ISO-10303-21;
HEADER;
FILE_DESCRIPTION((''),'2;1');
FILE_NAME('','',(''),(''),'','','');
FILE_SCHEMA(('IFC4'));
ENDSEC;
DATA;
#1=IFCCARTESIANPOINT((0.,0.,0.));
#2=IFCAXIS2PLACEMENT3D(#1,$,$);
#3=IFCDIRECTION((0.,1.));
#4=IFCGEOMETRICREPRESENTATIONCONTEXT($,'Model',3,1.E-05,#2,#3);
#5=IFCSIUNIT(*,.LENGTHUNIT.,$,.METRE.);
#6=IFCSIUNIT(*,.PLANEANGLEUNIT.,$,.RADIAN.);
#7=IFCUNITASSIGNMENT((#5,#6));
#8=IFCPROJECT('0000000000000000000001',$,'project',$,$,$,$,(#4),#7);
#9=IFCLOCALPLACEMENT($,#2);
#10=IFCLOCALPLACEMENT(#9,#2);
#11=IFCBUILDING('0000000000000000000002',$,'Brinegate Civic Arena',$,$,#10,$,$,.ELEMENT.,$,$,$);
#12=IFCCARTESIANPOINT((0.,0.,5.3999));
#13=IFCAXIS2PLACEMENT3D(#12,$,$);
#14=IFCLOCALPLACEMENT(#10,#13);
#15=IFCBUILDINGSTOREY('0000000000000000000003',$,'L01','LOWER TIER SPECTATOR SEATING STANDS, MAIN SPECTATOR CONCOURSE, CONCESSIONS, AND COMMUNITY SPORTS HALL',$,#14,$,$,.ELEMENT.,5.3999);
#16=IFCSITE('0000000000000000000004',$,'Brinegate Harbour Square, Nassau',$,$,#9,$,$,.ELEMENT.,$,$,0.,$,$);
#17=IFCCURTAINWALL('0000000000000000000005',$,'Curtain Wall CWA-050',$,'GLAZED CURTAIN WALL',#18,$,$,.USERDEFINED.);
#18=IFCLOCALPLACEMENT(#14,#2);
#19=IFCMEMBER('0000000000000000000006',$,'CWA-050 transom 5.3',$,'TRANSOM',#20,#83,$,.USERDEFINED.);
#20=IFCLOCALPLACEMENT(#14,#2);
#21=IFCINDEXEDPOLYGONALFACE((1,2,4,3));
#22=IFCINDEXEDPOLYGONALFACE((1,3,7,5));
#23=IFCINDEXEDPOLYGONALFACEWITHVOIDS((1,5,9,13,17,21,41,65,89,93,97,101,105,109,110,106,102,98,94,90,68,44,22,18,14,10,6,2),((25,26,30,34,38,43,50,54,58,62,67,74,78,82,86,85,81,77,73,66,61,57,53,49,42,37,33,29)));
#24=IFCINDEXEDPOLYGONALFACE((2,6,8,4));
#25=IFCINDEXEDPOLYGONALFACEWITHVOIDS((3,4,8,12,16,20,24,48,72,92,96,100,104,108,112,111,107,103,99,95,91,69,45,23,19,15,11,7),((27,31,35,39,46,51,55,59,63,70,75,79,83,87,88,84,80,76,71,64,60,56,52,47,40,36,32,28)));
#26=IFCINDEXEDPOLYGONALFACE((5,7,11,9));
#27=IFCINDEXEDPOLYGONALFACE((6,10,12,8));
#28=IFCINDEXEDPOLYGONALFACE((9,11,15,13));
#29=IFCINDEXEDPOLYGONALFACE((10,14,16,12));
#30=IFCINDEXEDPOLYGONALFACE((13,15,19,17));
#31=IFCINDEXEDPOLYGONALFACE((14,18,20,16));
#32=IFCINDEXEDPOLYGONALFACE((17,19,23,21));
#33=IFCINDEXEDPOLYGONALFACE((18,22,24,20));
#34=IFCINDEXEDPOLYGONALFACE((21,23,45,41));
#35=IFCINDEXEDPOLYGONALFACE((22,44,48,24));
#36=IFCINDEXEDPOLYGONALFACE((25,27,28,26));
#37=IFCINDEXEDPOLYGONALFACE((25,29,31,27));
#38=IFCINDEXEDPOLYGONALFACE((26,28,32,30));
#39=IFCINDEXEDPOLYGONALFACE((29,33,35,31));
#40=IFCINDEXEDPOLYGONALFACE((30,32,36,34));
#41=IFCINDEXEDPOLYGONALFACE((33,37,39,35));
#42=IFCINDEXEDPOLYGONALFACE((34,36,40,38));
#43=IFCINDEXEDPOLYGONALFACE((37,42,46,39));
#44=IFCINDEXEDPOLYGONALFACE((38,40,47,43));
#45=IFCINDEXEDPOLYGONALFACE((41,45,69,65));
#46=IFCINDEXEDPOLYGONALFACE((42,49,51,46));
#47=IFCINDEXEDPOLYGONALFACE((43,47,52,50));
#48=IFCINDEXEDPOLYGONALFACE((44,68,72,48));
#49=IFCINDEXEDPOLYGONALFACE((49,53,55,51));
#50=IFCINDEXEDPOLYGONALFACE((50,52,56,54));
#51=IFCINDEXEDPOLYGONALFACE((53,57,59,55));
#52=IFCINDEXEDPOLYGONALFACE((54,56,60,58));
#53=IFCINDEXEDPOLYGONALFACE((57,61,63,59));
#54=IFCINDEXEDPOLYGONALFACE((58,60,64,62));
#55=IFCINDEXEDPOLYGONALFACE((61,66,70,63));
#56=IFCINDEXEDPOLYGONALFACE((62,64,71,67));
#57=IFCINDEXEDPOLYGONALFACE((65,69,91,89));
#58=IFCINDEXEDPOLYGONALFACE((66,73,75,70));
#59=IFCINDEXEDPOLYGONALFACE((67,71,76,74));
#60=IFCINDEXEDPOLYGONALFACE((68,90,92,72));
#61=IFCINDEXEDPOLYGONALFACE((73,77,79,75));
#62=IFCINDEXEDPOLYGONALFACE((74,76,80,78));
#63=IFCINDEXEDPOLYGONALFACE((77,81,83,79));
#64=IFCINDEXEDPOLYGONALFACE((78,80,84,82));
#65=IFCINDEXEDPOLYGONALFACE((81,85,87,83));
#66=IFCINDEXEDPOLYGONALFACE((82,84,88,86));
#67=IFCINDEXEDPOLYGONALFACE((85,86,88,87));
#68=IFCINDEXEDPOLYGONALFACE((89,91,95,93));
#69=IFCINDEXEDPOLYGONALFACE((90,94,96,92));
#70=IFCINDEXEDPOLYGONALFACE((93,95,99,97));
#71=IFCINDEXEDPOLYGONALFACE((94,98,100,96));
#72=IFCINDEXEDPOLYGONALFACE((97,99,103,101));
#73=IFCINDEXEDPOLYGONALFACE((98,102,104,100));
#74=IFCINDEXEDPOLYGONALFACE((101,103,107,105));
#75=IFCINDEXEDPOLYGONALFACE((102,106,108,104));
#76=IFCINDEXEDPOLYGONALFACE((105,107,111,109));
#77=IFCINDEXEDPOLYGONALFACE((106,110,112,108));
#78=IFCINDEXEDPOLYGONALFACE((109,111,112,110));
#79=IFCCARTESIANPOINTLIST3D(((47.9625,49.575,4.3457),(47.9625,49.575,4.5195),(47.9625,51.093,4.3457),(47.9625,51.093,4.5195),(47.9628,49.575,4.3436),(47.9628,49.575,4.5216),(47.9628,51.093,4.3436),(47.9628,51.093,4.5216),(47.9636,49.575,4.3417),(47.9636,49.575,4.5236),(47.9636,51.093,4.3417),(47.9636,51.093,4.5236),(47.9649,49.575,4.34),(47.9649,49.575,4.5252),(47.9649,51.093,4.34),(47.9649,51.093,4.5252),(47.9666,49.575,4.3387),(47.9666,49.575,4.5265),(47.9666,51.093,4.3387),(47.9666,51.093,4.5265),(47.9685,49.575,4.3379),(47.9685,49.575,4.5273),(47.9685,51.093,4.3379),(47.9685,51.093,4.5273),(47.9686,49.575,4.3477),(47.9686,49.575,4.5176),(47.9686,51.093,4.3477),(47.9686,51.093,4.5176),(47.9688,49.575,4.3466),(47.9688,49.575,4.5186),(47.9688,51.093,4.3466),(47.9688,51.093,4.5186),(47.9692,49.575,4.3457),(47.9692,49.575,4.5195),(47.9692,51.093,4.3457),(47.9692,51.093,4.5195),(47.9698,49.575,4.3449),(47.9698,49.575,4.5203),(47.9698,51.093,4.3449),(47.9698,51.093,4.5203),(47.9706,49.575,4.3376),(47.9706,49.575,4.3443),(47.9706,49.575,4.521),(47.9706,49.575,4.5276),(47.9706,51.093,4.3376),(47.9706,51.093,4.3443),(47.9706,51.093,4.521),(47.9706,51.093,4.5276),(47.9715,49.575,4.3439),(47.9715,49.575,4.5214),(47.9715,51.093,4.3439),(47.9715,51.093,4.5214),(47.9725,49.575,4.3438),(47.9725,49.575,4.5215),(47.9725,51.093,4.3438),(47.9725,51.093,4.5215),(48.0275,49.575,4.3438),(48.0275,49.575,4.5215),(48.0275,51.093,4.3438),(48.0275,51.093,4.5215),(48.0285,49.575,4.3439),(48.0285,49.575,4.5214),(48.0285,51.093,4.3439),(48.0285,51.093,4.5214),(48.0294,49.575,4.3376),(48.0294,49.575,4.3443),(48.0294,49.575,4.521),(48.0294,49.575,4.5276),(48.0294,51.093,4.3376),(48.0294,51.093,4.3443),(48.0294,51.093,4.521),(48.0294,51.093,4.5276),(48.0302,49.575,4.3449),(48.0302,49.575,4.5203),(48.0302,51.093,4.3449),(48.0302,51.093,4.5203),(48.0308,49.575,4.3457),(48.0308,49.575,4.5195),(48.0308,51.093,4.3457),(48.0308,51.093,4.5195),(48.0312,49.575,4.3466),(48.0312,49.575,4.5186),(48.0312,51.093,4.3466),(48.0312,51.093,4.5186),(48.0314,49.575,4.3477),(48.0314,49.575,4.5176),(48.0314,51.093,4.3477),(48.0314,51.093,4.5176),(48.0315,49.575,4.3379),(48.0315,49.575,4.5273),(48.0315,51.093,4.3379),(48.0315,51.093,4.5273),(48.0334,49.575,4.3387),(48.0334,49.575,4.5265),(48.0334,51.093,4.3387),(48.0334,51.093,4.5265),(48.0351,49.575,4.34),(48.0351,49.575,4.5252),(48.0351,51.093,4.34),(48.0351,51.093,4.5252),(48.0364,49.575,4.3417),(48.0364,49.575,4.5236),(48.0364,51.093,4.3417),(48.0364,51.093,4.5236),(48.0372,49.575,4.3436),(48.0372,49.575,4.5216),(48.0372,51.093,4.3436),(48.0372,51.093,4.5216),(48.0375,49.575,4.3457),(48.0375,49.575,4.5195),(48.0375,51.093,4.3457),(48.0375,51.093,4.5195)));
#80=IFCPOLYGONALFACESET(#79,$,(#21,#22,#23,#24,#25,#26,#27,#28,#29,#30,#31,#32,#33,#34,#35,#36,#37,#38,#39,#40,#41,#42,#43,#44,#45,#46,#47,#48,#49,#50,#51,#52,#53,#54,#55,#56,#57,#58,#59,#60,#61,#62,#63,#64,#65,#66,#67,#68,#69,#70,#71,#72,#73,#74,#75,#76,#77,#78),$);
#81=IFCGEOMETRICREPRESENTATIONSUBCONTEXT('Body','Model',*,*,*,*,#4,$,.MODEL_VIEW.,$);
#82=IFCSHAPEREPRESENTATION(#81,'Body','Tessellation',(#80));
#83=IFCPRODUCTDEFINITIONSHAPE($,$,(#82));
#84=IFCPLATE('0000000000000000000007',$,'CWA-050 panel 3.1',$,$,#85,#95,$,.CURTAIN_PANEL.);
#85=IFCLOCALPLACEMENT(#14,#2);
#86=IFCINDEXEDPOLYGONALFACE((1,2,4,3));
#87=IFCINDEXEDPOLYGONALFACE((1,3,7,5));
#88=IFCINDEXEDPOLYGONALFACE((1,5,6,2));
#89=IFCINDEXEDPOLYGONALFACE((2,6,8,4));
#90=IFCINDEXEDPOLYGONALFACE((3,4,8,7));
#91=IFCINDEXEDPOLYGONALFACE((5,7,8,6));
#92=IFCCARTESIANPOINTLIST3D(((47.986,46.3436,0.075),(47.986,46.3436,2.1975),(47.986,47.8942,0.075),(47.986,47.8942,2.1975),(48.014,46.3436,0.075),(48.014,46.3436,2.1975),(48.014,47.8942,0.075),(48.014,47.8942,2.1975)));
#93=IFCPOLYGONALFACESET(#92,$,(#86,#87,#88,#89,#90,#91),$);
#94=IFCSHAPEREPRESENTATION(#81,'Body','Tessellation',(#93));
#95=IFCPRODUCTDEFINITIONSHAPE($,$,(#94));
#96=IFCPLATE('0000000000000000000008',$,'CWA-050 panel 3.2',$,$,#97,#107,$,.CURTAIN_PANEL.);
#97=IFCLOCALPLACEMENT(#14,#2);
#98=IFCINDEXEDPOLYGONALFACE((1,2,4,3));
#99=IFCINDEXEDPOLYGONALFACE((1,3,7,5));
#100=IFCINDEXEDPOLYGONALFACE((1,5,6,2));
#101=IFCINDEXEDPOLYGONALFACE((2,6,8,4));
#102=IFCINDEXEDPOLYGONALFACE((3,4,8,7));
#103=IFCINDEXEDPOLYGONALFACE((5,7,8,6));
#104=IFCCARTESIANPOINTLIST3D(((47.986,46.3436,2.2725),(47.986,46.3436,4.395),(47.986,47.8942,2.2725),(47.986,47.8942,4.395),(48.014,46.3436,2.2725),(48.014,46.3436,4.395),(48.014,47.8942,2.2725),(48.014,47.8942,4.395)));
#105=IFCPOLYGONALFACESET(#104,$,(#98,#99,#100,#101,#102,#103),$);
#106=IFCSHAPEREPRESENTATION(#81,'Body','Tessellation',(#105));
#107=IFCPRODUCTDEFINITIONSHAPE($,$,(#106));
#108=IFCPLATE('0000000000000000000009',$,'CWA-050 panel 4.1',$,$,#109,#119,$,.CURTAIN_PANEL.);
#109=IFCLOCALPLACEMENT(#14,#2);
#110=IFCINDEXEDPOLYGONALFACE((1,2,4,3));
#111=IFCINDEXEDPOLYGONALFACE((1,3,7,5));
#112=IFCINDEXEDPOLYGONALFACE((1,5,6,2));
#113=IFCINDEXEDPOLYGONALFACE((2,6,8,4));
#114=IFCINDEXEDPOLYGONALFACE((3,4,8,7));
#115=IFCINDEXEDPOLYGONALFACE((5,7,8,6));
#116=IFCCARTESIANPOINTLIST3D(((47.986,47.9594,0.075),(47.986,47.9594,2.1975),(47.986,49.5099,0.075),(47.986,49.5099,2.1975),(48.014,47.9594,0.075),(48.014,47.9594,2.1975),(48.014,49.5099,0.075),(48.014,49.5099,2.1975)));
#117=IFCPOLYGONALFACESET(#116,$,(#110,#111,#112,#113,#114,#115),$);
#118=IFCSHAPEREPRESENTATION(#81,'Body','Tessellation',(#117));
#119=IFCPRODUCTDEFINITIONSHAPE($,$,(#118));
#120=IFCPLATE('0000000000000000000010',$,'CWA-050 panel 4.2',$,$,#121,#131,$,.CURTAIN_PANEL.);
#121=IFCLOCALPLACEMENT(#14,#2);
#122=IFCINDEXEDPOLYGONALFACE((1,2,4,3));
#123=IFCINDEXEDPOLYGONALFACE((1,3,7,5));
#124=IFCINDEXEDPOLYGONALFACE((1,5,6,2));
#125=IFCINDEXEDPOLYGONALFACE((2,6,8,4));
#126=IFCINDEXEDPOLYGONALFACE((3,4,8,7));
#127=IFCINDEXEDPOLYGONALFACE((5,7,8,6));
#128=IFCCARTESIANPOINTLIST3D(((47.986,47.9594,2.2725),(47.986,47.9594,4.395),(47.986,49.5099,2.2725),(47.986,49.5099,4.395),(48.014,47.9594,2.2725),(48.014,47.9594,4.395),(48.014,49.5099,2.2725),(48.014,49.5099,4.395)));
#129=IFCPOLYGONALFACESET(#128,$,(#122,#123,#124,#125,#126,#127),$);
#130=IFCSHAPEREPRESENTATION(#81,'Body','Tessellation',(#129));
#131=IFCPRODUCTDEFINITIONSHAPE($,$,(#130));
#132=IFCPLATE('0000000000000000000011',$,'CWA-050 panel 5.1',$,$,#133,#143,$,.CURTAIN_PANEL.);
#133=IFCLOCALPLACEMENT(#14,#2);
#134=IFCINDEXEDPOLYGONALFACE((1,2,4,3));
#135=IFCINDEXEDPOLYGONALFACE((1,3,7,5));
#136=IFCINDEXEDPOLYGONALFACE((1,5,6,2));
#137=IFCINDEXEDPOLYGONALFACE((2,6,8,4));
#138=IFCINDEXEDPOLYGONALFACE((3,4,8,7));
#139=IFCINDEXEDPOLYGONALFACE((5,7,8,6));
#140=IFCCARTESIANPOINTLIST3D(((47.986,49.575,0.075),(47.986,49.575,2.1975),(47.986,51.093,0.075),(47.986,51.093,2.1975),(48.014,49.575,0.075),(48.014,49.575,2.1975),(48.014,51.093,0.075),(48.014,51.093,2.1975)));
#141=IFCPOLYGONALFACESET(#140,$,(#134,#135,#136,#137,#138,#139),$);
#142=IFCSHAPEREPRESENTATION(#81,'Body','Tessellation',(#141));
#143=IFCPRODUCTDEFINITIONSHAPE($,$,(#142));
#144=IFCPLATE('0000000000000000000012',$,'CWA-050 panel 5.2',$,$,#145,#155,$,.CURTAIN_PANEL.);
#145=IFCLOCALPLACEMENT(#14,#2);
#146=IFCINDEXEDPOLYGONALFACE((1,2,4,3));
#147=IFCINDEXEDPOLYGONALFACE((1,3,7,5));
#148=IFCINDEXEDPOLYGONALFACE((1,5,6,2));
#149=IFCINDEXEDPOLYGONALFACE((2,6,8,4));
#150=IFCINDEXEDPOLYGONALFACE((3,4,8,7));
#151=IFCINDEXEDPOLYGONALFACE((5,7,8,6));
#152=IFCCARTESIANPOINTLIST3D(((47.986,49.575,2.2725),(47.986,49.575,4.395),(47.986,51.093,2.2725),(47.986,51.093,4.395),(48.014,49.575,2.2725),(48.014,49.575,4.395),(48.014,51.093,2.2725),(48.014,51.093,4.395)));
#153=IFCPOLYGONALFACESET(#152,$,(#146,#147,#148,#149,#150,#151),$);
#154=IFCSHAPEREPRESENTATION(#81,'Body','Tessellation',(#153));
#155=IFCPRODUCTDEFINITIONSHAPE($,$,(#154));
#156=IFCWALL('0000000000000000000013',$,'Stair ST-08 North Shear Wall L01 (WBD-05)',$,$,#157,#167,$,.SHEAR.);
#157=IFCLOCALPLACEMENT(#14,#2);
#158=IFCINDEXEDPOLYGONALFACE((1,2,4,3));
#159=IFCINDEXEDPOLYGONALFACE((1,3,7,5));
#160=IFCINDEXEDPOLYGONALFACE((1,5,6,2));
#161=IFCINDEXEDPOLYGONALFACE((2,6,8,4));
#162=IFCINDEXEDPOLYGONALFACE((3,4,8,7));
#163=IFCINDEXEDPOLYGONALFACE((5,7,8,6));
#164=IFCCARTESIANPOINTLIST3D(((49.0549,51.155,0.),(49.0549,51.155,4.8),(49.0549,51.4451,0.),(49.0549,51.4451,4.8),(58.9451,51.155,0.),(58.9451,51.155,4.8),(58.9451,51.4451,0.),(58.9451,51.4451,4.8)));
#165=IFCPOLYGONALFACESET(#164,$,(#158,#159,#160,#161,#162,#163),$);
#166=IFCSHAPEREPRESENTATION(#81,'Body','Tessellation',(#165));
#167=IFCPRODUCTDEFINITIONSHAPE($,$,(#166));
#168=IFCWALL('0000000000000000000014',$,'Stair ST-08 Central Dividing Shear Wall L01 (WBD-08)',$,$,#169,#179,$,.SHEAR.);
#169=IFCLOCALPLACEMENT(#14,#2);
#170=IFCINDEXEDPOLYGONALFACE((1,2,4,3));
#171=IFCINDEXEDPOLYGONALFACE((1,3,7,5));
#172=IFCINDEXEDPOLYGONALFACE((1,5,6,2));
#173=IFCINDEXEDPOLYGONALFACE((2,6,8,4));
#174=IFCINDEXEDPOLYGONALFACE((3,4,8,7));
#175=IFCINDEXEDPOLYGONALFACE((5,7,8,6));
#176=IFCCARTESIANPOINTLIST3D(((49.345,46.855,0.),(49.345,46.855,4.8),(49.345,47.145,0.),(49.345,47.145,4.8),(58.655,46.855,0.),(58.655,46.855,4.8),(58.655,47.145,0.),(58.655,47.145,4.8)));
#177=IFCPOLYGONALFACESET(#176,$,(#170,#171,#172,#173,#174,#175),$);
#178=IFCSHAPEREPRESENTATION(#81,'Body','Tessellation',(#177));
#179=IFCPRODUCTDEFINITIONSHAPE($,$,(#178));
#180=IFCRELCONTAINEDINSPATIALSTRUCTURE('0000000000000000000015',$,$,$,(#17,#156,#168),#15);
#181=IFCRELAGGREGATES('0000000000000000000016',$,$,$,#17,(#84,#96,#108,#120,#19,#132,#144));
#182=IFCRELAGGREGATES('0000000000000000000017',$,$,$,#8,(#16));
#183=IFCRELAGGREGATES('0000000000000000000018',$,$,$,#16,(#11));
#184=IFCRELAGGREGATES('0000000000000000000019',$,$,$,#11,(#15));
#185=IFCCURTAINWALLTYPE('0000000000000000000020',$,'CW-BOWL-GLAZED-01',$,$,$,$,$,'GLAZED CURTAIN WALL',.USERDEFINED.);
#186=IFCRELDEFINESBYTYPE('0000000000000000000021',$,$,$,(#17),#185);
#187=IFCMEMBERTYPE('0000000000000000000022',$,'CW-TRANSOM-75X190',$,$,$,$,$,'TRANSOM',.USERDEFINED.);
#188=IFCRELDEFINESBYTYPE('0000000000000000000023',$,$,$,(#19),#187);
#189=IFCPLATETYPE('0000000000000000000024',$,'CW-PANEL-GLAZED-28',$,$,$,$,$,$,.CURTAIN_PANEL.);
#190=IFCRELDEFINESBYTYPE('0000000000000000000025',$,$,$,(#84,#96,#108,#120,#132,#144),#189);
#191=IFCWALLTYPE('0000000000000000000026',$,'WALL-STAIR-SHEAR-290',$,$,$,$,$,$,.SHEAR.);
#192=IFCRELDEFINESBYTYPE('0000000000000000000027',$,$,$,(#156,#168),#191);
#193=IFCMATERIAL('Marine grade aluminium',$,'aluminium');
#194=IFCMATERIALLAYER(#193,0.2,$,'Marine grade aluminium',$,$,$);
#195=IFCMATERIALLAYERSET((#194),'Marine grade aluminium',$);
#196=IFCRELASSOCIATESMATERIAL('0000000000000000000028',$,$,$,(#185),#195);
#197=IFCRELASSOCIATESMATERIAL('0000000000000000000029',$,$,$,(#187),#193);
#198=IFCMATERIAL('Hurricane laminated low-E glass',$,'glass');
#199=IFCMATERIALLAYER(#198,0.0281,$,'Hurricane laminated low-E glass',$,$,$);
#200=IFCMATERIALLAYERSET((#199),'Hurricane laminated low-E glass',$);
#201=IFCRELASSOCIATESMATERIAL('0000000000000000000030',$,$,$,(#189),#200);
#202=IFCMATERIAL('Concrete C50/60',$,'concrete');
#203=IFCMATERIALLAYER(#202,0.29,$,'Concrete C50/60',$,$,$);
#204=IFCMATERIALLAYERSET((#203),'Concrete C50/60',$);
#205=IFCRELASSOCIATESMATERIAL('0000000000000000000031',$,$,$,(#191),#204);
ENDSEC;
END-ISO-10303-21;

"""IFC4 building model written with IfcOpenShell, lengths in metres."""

from ifc_helpers import new_model, si_unit, direction, frame, frame_2d, origin, origin_2d, place, context, subcontext, project, spatial, rectangle, hollow_rectangle, extrude, material, layer, layer_set, material_profile, profile_set, type_object, element, aggregate, save


model = new_model("IFC4")

# Units and contexts
model_context = context("Model", 3, precision=1e-05, world=origin(), true_north=direction((0.0, 1.0)))
body_context = subcontext(model_context, "Body", "Model", "MODEL_VIEW")
ifc_project = project(units=[si_unit("LENGTHUNIT", "METRE"), si_unit("PLANEANGLEUNIT", "RADIAN")], contexts=[model_context])

# Site, building, storey
site_placement = place(None, origin())
site = spatial("IfcSite", under=ifc_project, at=site_placement, Name="Brinegate Harbour Square, Nassau", CompositionType="ELEMENT", RefElevation=0.0)
building_placement = place(site_placement, origin())
building = spatial("IfcBuilding", under=site, at=building_placement, Name="Brinegate Civic Arena", CompositionType="ELEMENT")
storey_placement = place(building_placement, frame((0.0, 0.0, 5.3999)))
storey = spatial("IfcBuildingStorey", under=building, at=storey_placement, Name="L01", Description="LOWER TIER SPECTATOR SEATING STANDS, MAIN SPECTATOR CONCOURSE, CONCESSIONS, AND COMMUNITY SPORTS HALL", CompositionType="ELEMENT", Elevation=5.3999)

# Curtain wall, member, plates
ifc_material_1 = material(Name="Marine grade aluminium", Category="aluminium")
ifc_layer_1 = layer(ifc_material_1, 0.2, Name="Marine grade aluminium")
ifc_layer_set_1 = layer_set([ifc_layer_1], Name="Marine grade aluminium")
curtain_wall_type = type_object("IfcCurtainWallType", Name="CW-BOWL-GLAZED-01", ElementType="GLAZED CURTAIN WALL", PredefinedType="USERDEFINED", material=ifc_layer_set_1)
curtain_wall_placement = place(storey_placement, origin())
curtain_wall = element("IfcCurtainWall", 1, at=curtain_wall_placement, inside=storey, type_object=curtain_wall_type, Name="Curtain Wall CWA-050", ObjectType="GLAZED CURTAIN WALL", PredefinedType="USERDEFINED")
ifc_material_profile_1 = material_profile(ifc_material_1, hollow_rectangle(XDim=0.075, YDim=0.1899, WallThickness=0.0061, InnerFilletRadius=0.0039, OuterFilletRadius=0.0081, at=origin_2d()), Name="TRN75X190")
ifc_profile_set_1 = profile_set([ifc_material_profile_1], Name="Marine grade aluminium")
member_type_1 = type_object("IfcMemberType", Name="CW-TRANSOM-75X190", ElementType="TRANSOM", PredefinedType="USERDEFINED", material=ifc_profile_set_1)
member_1_placement = place(storey_placement, frame((48.0, 49.575, 4.4326), z_axis=(0.0, 1.0, 0.0), x_axis=(-1.0, 0.0, 0.0)))
member_1 = element("IfcMember", 2, at=member_1_placement, type_object=member_type_1, Name="CWA-050 transom 5.3", ObjectType="TRANSOM", PredefinedType="USERDEFINED", context=body_context, shape_type="SweptSolid", body=[
    extrude(hollow_rectangle(XDim=0.075, YDim=0.1899, WallThickness=0.0061, InnerFilletRadius=0.0039, OuterFilletRadius=0.0081, at=origin_2d()), origin(), (0.0, 0.0, 1.0), 1.5181),
])
ifc_material_2 = material(Name="Hurricane laminated low-E glass", Category="glass")
ifc_layer_2 = layer(ifc_material_2, 0.0281, Name="Hurricane laminated low-E glass")
ifc_layer_set_2 = layer_set([ifc_layer_2], Name="Hurricane laminated low-E glass")
plate_type = type_object("IfcPlateType", Name="CW-PANEL-GLAZED-28", PredefinedType="CURTAIN_PANEL", material=ifc_layer_set_2)
plate_1_placement = place(storey_placement, frame((48.0, 47.1189, 0.075), z_axis=(0.0, 0.0, 1.0), x_axis=(0.0, 1.0, 0.0)))
plate_1 = element("IfcPlate", 3, at=plate_1_placement, type_object=plate_type, Name="CWA-050 panel 3.1", PredefinedType="CURTAIN_PANEL", context=body_context, shape_type="SweptSolid", body=[
    extrude(rectangle(XDim=1.5505, YDim=0.0281, at=origin_2d()), origin(), (0.0, 0.0, 1.0), 2.1226),
])
plate_2_placement = place(storey_placement, frame((48.0, 47.1189, 2.2725), z_axis=(0.0, 0.0, 1.0), x_axis=(0.0, 1.0, 0.0)))
plate_2 = element("IfcPlate", 4, at=plate_2_placement, type_object=plate_type, Name="CWA-050 panel 3.2", PredefinedType="CURTAIN_PANEL", context=body_context, shape_type="SweptSolid", body=[
    extrude(rectangle(XDim=1.5505, YDim=0.0281, at=origin_2d()), origin(), (0.0, 0.0, 1.0), 2.1226),
])
plate_3_placement = place(storey_placement, frame((48.0, 48.7346, 0.075), z_axis=(0.0, 0.0, 1.0), x_axis=(0.0, 1.0, 0.0)))
plate_3 = element("IfcPlate", 5, at=plate_3_placement, type_object=plate_type, Name="CWA-050 panel 4.1", PredefinedType="CURTAIN_PANEL", context=body_context, shape_type="SweptSolid", body=[
    extrude(rectangle(XDim=1.5505, YDim=0.0281, at=origin_2d()), origin(), (0.0, 0.0, 1.0), 2.1226),
])
plate_4_placement = place(storey_placement, frame((48.0, 48.7346, 2.2725), z_axis=(0.0, 0.0, 1.0), x_axis=(0.0, 1.0, 0.0)))
plate_4 = element("IfcPlate", 6, at=plate_4_placement, type_object=plate_type, Name="CWA-050 panel 4.2", PredefinedType="CURTAIN_PANEL", context=body_context, shape_type="SweptSolid", body=[
    extrude(rectangle(XDim=1.5505, YDim=0.0281, at=origin_2d()), origin(), (0.0, 0.0, 1.0), 2.1226),
])
plate_5_placement = place(storey_placement, frame((48.0, 50.334, 0.075), z_axis=(0.0, 0.0, 1.0), x_axis=(0.0, 1.0, 0.0)))
plate_5 = element("IfcPlate", 7, at=plate_5_placement, type_object=plate_type, Name="CWA-050 panel 5.1", PredefinedType="CURTAIN_PANEL", context=body_context, shape_type="SweptSolid", body=[
    extrude(rectangle(XDim=1.5181, YDim=0.0281, at=origin_2d()), origin(), (0.0, 0.0, 1.0), 2.1226),
])
plate_6_placement = place(storey_placement, frame((48.0, 50.334, 2.2725), z_axis=(0.0, 0.0, 1.0), x_axis=(0.0, 1.0, 0.0)))
plate_6 = element("IfcPlate", 8, at=plate_6_placement, type_object=plate_type, Name="CWA-050 panel 5.2", PredefinedType="CURTAIN_PANEL", context=body_context, shape_type="SweptSolid", body=[
    extrude(rectangle(XDim=1.5181, YDim=0.0281, at=origin_2d()), origin(), (0.0, 0.0, 1.0), 2.1226),
])
aggregate(curtain_wall, [plate_1, plate_2, plate_3, plate_4, member_1, plate_5, plate_6])

# Walls
ifc_material_3 = material(Name="Concrete C50/60", Category="concrete")
ifc_layer_3 = layer(ifc_material_3, 0.29, Name="Concrete C50/60")
ifc_layer_set_3 = layer_set([ifc_layer_3], Name="Concrete C50/60")
wall_type = type_object("IfcWallType", Name="WALL-STAIR-SHEAR-290", PredefinedType="SHEAR", material=ifc_layer_set_3)
wall_1_placement = place(storey_placement, frame((49.0549, 51.3, 0.0), z_axis=(0.0, 0.0, 1.0), x_axis=(1.0, 0.0, 0.0)))
element("IfcWall", 9, at=wall_1_placement, inside=storey, type_object=wall_type, Name="Stair ST-08 North Shear Wall L01 (WBD-05)", PredefinedType="SHEAR", context=body_context, shape_type="SweptSolid", body=[
    extrude(rectangle(XDim=9.8901, YDim=0.29, at=frame_2d((4.9451, 0.0))), origin(), (0.0, 0.0, 1.0), 4.8),
])
wall_2_placement = place(storey_placement, frame((49.345, 47.0, 0.0), z_axis=(0.0, 0.0, 1.0), x_axis=(1.0, 0.0, 0.0)))
element("IfcWall", 10, at=wall_2_placement, inside=storey, type_object=wall_type, Name="Stair ST-08 Central Dividing Shear Wall L01 (WBD-08)", PredefinedType="SHEAR", context=body_context, shape_type="SweptSolid", body=[
    extrude(rectangle(XDim=9.3101, YDim=0.29, at=frame_2d((4.655, 0.0))), origin(), (0.0, 0.0, 1.0), 4.8),
])

save(model, "model.ifc")
